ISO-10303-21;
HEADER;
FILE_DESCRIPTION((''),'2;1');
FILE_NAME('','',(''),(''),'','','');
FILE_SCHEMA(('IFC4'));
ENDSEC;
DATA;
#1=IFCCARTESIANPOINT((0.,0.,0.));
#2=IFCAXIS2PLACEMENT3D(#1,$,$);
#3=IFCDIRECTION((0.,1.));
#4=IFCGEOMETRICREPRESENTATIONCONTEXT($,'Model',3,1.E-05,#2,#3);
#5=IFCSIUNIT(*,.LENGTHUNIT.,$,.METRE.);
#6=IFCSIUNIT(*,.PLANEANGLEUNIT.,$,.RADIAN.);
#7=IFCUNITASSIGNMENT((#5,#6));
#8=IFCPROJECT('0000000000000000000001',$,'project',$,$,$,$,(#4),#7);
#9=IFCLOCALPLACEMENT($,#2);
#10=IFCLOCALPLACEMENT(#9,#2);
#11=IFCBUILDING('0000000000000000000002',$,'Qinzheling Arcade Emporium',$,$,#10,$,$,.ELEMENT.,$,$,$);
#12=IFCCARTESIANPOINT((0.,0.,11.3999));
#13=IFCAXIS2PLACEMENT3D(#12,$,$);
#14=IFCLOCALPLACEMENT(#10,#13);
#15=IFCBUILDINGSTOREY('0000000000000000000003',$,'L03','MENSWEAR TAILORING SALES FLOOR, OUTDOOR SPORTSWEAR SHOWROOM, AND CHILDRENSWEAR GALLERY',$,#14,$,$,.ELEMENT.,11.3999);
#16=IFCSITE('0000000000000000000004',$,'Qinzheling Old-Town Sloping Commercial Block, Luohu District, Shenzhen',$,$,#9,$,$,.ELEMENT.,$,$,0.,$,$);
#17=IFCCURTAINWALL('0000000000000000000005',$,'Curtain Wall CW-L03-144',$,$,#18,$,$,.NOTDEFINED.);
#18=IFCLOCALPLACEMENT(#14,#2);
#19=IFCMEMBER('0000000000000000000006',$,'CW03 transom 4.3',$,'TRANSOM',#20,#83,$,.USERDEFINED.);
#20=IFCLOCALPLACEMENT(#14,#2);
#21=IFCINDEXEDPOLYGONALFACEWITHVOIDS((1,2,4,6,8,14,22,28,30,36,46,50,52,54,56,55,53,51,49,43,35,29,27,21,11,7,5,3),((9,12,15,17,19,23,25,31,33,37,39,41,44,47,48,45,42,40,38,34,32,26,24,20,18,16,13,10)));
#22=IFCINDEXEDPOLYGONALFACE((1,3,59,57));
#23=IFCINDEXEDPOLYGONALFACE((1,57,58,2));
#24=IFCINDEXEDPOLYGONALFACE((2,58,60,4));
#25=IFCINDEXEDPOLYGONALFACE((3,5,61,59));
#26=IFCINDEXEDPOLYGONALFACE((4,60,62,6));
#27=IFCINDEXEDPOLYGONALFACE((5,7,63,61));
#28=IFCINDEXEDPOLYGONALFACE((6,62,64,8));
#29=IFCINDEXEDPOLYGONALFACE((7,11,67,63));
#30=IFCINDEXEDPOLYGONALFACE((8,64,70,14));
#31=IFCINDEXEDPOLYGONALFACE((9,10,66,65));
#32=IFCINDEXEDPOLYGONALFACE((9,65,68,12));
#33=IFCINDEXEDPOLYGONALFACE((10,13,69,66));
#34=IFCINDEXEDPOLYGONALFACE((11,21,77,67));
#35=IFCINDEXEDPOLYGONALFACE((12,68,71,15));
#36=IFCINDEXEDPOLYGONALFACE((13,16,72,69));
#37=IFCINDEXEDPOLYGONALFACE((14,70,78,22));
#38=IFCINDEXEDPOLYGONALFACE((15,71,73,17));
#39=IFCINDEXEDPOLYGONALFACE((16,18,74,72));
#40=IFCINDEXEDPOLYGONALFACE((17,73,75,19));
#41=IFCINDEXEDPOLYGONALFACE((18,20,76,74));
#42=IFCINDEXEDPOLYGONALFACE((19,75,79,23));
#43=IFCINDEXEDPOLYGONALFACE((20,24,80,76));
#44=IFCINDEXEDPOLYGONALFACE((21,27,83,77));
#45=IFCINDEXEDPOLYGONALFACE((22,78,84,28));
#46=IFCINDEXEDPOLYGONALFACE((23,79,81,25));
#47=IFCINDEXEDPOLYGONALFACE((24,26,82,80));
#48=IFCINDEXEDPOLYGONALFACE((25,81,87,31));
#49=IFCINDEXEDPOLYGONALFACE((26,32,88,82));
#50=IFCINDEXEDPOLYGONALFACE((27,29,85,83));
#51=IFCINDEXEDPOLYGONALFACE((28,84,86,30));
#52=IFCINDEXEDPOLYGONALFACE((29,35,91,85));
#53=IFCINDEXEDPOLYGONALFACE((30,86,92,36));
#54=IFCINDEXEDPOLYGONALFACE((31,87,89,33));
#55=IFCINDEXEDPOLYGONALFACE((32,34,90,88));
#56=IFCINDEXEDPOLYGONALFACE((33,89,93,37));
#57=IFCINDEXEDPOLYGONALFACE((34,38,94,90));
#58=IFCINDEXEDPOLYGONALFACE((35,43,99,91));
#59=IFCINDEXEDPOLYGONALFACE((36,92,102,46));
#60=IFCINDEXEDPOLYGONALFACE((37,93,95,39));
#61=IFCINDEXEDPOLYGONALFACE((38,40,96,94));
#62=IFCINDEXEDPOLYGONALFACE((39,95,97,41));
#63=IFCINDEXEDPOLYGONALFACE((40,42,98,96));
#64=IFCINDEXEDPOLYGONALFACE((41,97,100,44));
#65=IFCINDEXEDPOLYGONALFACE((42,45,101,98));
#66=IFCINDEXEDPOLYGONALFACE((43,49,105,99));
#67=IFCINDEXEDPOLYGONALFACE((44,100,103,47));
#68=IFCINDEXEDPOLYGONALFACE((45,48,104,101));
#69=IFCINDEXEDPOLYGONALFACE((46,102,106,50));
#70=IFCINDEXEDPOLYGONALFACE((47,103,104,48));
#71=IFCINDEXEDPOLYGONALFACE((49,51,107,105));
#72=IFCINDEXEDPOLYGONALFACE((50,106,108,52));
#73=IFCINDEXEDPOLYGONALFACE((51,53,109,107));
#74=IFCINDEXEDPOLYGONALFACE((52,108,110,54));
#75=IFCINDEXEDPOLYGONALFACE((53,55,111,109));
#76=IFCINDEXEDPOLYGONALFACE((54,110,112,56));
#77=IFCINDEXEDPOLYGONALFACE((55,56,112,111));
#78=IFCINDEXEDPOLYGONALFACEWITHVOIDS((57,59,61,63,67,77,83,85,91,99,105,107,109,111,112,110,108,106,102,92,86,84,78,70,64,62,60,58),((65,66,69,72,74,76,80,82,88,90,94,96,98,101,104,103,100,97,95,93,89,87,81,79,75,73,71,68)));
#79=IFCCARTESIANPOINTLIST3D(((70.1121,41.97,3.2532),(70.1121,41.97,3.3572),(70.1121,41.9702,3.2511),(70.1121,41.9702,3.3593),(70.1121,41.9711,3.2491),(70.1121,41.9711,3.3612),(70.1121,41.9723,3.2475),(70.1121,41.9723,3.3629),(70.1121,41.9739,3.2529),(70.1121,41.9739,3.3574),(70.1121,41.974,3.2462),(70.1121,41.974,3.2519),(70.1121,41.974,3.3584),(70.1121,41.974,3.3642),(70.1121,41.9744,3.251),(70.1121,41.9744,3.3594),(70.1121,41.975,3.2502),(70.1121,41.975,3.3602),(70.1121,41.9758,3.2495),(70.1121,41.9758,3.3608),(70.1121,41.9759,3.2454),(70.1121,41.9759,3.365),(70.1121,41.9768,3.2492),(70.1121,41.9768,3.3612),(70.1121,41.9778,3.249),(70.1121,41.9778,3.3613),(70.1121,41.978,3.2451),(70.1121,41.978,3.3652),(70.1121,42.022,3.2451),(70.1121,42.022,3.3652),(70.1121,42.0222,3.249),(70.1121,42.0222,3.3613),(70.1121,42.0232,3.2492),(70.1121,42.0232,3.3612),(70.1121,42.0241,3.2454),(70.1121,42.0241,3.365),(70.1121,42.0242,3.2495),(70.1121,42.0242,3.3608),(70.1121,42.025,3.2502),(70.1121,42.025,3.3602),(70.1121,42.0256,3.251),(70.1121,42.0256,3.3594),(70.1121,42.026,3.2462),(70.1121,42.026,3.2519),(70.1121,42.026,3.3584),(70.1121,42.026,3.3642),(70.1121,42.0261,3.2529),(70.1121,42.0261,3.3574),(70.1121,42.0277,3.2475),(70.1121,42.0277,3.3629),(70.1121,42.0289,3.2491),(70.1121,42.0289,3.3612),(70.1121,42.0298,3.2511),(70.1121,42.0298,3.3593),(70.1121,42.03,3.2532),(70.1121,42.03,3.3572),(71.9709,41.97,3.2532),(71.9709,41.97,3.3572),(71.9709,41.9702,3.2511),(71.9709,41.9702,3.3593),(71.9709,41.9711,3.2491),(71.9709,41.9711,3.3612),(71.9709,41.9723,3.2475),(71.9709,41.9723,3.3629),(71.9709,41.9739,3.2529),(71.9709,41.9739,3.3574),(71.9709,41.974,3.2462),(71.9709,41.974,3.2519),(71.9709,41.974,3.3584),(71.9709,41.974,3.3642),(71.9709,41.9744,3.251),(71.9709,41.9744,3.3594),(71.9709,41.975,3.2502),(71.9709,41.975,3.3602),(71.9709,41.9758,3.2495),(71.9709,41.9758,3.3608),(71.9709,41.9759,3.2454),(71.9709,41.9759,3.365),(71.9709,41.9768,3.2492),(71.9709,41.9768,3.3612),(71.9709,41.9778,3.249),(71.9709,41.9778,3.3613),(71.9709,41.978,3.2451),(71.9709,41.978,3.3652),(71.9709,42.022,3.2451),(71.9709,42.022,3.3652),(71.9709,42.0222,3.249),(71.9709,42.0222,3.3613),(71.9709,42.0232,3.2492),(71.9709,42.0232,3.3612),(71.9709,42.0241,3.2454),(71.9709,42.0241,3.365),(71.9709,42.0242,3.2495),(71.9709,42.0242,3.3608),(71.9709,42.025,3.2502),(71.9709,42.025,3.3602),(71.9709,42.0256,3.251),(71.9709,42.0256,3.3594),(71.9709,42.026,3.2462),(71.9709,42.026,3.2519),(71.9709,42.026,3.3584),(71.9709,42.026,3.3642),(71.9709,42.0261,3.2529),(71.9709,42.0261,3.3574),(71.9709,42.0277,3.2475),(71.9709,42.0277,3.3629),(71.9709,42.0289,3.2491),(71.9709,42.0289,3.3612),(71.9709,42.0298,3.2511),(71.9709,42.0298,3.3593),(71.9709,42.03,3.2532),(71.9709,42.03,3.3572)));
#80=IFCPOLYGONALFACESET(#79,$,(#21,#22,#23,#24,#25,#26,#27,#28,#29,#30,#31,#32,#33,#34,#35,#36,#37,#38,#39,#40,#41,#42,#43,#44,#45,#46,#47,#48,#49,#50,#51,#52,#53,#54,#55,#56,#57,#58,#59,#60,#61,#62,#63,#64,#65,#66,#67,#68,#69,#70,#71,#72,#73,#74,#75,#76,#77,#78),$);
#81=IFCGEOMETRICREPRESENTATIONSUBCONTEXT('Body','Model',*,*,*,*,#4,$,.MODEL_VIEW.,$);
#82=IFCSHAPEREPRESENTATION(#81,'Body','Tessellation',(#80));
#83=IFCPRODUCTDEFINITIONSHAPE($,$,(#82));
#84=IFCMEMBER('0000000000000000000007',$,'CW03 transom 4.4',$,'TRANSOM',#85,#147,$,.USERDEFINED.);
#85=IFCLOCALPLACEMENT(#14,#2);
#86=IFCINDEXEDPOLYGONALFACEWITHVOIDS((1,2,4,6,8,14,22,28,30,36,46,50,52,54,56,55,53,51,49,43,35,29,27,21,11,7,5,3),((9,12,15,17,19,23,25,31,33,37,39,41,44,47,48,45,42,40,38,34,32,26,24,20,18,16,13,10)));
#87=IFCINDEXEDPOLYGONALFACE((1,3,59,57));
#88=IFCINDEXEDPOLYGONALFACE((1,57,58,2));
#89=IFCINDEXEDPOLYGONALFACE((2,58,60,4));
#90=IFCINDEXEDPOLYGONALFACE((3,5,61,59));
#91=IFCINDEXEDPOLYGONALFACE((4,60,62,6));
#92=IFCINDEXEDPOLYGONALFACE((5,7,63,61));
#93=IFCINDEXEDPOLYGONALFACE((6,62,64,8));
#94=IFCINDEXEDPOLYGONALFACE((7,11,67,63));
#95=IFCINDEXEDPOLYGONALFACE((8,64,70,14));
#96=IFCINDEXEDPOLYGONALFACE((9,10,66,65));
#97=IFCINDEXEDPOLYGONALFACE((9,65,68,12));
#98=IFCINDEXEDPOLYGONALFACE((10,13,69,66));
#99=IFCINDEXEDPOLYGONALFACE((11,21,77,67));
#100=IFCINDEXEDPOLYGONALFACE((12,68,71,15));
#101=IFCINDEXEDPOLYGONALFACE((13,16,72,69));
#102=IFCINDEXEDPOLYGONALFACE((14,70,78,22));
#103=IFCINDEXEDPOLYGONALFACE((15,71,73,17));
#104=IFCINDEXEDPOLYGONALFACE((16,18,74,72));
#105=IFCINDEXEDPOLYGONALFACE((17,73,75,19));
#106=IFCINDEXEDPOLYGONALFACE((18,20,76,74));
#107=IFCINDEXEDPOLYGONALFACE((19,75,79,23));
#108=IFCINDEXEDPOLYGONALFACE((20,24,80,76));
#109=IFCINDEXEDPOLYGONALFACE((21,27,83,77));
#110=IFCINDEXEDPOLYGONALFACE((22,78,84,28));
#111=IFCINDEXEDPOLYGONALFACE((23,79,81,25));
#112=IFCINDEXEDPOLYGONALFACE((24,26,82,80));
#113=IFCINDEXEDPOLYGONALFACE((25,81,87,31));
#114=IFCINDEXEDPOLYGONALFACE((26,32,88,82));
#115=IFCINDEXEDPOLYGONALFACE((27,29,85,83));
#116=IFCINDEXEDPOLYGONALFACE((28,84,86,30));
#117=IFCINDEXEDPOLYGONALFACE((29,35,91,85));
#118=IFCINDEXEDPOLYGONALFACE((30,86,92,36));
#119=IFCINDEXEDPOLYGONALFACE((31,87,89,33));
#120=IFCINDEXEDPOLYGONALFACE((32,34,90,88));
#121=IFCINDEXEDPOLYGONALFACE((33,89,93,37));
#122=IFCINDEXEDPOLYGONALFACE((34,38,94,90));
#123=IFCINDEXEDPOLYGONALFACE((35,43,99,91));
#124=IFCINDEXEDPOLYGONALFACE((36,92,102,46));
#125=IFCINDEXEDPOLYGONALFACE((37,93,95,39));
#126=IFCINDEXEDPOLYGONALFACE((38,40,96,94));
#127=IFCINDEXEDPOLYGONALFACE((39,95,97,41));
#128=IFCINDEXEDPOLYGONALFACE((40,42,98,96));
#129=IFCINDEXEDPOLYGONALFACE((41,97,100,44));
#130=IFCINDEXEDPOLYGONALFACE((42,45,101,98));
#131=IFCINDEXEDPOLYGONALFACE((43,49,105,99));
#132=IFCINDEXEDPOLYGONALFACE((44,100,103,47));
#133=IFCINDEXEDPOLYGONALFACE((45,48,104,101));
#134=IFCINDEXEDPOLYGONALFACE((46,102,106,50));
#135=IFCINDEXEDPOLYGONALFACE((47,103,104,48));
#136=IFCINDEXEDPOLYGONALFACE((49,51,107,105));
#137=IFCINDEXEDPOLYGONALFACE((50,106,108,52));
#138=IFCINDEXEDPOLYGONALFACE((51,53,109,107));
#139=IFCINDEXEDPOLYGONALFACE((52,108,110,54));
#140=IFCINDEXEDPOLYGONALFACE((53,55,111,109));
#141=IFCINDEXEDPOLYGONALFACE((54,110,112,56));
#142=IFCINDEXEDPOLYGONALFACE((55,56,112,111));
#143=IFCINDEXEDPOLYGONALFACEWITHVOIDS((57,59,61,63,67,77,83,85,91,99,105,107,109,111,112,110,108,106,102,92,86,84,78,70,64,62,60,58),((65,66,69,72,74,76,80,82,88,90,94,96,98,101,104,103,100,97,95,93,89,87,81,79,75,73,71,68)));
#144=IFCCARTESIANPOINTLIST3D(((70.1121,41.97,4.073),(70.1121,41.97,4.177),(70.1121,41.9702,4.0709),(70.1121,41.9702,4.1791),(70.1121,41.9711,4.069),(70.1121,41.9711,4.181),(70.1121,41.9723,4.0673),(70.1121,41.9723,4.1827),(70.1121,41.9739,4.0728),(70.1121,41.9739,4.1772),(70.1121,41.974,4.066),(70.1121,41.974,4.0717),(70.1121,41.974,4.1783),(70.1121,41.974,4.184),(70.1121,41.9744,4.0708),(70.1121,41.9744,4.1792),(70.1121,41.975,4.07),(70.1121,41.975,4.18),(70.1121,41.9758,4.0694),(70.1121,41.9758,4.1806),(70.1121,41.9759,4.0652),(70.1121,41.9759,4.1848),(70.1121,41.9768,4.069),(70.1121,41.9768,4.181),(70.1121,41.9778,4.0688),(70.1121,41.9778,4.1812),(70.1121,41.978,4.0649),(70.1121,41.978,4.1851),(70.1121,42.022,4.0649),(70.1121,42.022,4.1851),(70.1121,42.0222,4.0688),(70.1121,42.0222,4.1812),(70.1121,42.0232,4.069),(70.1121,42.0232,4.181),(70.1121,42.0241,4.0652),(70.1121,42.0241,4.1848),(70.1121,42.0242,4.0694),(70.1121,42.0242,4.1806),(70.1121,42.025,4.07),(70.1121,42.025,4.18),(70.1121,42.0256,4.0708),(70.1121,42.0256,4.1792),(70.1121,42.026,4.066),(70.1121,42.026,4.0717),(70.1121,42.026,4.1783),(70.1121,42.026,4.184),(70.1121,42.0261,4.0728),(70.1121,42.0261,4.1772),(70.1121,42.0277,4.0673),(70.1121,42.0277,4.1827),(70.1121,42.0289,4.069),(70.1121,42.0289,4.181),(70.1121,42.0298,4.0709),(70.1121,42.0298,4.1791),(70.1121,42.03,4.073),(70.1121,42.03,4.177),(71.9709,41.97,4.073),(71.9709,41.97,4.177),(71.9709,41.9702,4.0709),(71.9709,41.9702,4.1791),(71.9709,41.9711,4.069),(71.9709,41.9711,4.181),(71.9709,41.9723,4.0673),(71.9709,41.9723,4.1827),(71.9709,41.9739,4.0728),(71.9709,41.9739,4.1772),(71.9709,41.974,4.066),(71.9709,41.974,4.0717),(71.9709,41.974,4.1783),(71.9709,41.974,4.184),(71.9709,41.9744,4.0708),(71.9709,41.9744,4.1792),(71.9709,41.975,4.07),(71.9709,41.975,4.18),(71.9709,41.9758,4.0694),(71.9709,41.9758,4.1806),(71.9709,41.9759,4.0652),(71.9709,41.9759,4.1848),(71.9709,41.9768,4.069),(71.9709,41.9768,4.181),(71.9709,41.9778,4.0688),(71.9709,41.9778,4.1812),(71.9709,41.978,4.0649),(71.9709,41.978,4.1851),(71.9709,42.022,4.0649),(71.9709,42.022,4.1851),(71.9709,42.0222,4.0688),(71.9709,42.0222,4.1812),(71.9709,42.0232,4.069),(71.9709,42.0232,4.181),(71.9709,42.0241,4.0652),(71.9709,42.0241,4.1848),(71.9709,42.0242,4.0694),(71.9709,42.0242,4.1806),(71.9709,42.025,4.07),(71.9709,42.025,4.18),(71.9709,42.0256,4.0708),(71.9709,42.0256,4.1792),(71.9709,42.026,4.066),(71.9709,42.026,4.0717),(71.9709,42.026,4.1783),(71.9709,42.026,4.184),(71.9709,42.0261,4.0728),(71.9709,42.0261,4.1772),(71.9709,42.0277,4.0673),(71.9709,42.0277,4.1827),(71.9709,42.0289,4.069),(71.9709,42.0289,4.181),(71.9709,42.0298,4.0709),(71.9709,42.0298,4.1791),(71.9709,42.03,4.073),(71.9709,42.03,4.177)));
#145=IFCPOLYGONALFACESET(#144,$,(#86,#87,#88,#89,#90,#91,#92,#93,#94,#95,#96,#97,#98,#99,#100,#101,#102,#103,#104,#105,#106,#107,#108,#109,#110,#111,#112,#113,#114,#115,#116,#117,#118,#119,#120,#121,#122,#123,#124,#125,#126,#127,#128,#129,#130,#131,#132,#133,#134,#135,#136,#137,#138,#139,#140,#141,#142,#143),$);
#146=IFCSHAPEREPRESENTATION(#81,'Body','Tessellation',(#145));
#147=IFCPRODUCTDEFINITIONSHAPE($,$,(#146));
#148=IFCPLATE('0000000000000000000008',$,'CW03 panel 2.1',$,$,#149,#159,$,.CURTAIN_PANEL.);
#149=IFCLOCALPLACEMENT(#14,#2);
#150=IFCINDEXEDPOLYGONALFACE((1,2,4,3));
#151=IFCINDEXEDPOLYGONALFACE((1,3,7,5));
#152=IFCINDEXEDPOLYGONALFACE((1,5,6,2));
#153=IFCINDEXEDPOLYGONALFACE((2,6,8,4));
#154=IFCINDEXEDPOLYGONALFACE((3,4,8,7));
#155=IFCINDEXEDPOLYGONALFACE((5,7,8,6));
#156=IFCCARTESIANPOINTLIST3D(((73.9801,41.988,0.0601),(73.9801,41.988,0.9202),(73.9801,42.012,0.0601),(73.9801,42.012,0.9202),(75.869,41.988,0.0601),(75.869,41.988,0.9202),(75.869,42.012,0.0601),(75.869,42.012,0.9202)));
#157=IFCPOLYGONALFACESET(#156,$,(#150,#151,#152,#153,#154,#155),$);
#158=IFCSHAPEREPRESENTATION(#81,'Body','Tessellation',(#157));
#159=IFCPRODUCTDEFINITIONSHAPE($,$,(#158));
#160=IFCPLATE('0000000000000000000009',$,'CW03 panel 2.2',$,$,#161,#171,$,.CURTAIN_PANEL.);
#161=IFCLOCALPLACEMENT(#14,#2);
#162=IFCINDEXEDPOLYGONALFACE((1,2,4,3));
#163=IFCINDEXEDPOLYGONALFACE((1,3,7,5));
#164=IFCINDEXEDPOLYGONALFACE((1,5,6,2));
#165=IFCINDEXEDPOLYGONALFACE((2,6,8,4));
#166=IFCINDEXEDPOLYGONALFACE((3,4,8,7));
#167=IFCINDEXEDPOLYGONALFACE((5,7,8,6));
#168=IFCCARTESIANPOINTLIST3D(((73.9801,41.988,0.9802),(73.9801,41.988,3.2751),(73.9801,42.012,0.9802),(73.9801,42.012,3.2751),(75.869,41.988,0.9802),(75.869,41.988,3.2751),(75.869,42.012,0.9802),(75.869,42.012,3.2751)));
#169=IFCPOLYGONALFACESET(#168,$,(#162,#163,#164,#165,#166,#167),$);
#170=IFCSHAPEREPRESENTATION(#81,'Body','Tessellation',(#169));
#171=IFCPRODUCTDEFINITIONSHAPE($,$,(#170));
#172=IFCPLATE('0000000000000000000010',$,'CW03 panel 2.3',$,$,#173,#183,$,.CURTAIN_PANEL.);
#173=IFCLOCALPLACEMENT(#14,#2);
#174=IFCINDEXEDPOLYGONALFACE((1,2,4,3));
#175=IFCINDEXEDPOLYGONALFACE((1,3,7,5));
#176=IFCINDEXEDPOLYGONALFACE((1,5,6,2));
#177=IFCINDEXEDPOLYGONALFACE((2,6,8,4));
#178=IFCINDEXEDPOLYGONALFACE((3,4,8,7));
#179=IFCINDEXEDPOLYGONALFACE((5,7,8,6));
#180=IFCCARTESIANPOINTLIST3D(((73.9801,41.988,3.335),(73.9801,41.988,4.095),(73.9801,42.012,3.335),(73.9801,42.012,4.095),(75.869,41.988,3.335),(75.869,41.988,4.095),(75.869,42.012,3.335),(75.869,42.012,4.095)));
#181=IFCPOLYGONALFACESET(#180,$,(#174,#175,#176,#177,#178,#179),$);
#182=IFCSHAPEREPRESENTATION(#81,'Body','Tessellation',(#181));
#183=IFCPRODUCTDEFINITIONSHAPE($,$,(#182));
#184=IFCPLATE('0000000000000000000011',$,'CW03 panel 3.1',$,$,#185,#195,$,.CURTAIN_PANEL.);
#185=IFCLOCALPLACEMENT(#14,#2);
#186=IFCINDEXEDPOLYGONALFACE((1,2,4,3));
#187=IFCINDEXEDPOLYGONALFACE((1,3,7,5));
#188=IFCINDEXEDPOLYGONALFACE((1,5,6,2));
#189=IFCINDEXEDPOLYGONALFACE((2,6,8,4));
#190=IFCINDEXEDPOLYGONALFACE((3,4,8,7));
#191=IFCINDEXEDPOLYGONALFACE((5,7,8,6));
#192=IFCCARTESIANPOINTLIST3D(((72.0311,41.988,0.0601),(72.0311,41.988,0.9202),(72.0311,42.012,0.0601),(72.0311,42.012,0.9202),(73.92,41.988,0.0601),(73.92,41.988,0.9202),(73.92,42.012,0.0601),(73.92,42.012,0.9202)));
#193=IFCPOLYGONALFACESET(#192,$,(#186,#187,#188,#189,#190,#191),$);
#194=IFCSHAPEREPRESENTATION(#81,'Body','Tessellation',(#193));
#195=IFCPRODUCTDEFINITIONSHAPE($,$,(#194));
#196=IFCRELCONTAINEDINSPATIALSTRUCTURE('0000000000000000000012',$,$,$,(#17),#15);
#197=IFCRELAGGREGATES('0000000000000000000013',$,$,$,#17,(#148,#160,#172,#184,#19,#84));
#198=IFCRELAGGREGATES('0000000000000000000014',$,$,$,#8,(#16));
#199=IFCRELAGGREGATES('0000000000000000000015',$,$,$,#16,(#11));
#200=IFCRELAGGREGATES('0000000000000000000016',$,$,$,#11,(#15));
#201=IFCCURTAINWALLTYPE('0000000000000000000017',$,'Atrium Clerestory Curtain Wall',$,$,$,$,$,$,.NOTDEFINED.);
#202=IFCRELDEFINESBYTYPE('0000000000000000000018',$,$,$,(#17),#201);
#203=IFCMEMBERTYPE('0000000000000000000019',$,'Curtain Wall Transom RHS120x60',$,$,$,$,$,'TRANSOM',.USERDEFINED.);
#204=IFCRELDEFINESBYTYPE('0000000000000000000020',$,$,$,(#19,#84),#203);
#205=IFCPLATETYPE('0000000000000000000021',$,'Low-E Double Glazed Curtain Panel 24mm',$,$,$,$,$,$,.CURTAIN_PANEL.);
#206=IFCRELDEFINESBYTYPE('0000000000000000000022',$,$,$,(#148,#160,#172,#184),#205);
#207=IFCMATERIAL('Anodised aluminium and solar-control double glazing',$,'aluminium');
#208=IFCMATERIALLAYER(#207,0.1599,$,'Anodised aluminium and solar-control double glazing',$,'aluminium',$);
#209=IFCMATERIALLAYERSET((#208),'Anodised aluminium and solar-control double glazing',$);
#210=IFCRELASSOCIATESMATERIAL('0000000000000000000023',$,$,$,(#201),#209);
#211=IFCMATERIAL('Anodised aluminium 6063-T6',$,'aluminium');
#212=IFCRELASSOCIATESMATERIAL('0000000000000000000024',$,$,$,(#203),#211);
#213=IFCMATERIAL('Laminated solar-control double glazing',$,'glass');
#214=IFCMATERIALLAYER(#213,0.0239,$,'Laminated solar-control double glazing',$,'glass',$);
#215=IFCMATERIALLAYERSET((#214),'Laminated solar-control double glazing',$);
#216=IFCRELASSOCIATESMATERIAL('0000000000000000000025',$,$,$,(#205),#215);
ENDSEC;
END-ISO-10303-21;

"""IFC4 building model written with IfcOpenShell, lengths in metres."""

from ifc_helpers import new_model, si_unit, direction, frame, origin, origin_2d, place, context, subcontext, project, spatial, rectangle, hollow_rectangle, extrude, material, layer, layer_set, material_profile, profile_set, type_object, element, aggregate, save


model = new_model("IFC4")

# Units and contexts
model_context = context("Model", 3, precision=1e-05, world=origin(), true_north=direction((0.0, 1.0)))
body_context = subcontext(model_context, "Body", "Model", "MODEL_VIEW")
ifc_project = project(units=[si_unit("LENGTHUNIT", "METRE"), si_unit("PLANEANGLEUNIT", "RADIAN")], contexts=[model_context])

# Site, building, storey
site_placement = place(None, origin())
site = spatial("IfcSite", under=ifc_project, at=site_placement, Name="Qinzheling Old-Town Sloping Commercial Block, Luohu District, Shenzhen", CompositionType="ELEMENT", RefElevation=0.0)
building_placement = place(site_placement, origin())
building = spatial("IfcBuilding", under=site, at=building_placement, Name="Qinzheling Arcade Emporium", CompositionType="ELEMENT")
storey_placement = place(building_placement, frame((0.0, 0.0, 11.3999)))
storey = spatial("IfcBuildingStorey", under=building, at=storey_placement, Name="L03", Description="MENSWEAR TAILORING SALES FLOOR, OUTDOOR SPORTSWEAR SHOWROOM, AND CHILDRENSWEAR GALLERY", CompositionType="ELEMENT", Elevation=11.3999)

# Curtain wall, members, plates
ifc_material_1 = material(Name="Anodised aluminium and solar-control double glazing", Category="aluminium")
ifc_layer_1 = layer(ifc_material_1, 0.1599, Name="Anodised aluminium and solar-control double glazing", Category="aluminium")
ifc_layer_set_1 = layer_set([ifc_layer_1], Name="Anodised aluminium and solar-control double glazing")
curtain_wall_type = type_object("IfcCurtainWallType", Name="Atrium Clerestory Curtain Wall", PredefinedType="NOTDEFINED", material=ifc_layer_set_1)
curtain_wall_placement = place(storey_placement, origin())
curtain_wall = element("IfcCurtainWall", 1, at=curtain_wall_placement, inside=storey, type_object=curtain_wall_type, Name="Curtain Wall CW-L03-144", PredefinedType="NOTDEFINED")
ifc_material_2 = material(Name="Anodised aluminium 6063-T6", Category="aluminium")
ifc_material_profile_1 = material_profile(ifc_material_2, hollow_rectangle(XDim=0.0601, YDim=0.1201, WallThickness=0.0039, InnerFilletRadius=0.0039, OuterFilletRadius=0.0081, at=origin_2d()), Name="RHS 120x60x4", Category="aluminium")
ifc_profile_set_1 = profile_set([ifc_material_profile_1], Name="Anodised aluminium 6063-T6")
member_type_1 = type_object("IfcMemberType", Name="Curtain Wall Transom RHS120x60", ElementType="TRANSOM", PredefinedType="USERDEFINED", material=ifc_profile_set_1)
member_1_placement = place(storey_placement, frame((71.9709, 42.0, 3.3052), z_axis=(-1.0, 0.0, 0.0), x_axis=(0.0, -1.0, 0.0)))
member_1 = element("IfcMember", 2, at=member_1_placement, type_object=member_type_1, Name="CW03 transom 4.3", ObjectType="TRANSOM", PredefinedType="USERDEFINED", context=body_context, shape_type="SweptSolid", body=[
    extrude(hollow_rectangle(XDim=0.0601, YDim=0.1201, WallThickness=0.0039, InnerFilletRadius=0.0039, OuterFilletRadius=0.0081, at=origin_2d()), origin(), (0.0, 0.0, 1.0), 1.8589),
])
member_2_placement = place(storey_placement, frame((71.9709, 42.0, 4.125), z_axis=(-1.0, 0.0, 0.0), x_axis=(0.0, -1.0, 0.0)))
member_2 = element("IfcMember", 3, at=member_2_placement, type_object=member_type_1, Name="CW03 transom 4.4", ObjectType="TRANSOM", PredefinedType="USERDEFINED", context=body_context, shape_type="SweptSolid", body=[
    extrude(hollow_rectangle(XDim=0.0601, YDim=0.1201, WallThickness=0.0039, InnerFilletRadius=0.0039, OuterFilletRadius=0.0081, at=origin_2d()), origin(), (0.0, 0.0, 1.0), 1.8589),
])
ifc_material_3 = material(Name="Laminated solar-control double glazing", Category="glass")
ifc_layer_2 = layer(ifc_material_3, 0.0239, Name="Laminated solar-control double glazing", Category="glass")
ifc_layer_set_2 = layer_set([ifc_layer_2], Name="Laminated solar-control double glazing")
plate_type_1 = type_object("IfcPlateType", Name="Low-E Double Glazed Curtain Panel 24mm", PredefinedType="CURTAIN_PANEL", material=ifc_layer_set_2)
plate_1_placement = place(storey_placement, frame((74.9246, 42.0, 0.0601), z_axis=(0.0, 0.0, 1.0), x_axis=(-1.0, 0.0, 0.0)))
plate_1 = element("IfcPlate", 4, at=plate_1_placement, type_object=plate_type_1, Name="CW03 panel 2.1", PredefinedType="CURTAIN_PANEL", context=body_context, shape_type="SweptSolid", body=[
    extrude(rectangle(XDim=1.8889, YDim=0.0239, at=origin_2d()), origin(), (0.0, 0.0, 1.0), 0.8601),
])
plate_2_placement = place(storey_placement, frame((74.9246, 42.0, 0.9802), z_axis=(0.0, 0.0, 1.0), x_axis=(-1.0, 0.0, 0.0)))
plate_2 = element("IfcPlate", 5, at=plate_2_placement, type_object=plate_type_1, Name="CW03 panel 2.2", PredefinedType="CURTAIN_PANEL", context=body_context, shape_type="SweptSolid", body=[
    extrude(rectangle(XDim=1.8889, YDim=0.0239, at=origin_2d()), origin(), (0.0, 0.0, 1.0), 2.2949),
])
plate_3_placement = place(storey_placement, frame((74.9246, 42.0, 3.335), z_axis=(0.0, 0.0, 1.0), x_axis=(-1.0, 0.0, 0.0)))
plate_3 = element("IfcPlate", 6, at=plate_3_placement, type_object=plate_type_1, Name="CW03 panel 2.3", PredefinedType="CURTAIN_PANEL", context=body_context, shape_type="SweptSolid", body=[
    extrude(rectangle(XDim=1.8889, YDim=0.0239, at=origin_2d()), origin(), (0.0, 0.0, 1.0), 0.76),
])
plate_4_placement = place(storey_placement, frame((72.9756, 42.0, 0.0601), z_axis=(0.0, 0.0, 1.0), x_axis=(-1.0, 0.0, 0.0)))
plate_4 = element("IfcPlate", 7, at=plate_4_placement, type_object=plate_type_1, Name="CW03 panel 3.1", PredefinedType="CURTAIN_PANEL", context=body_context, shape_type="SweptSolid", body=[
    extrude(rectangle(XDim=1.8889, YDim=0.0239, at=origin_2d()), origin(), (0.0, 0.0, 1.0), 0.8601),
])
aggregate(curtain_wall, [plate_1, plate_2, plate_3, plate_4, member_1, member_2])

save(model, "model.ifc")
